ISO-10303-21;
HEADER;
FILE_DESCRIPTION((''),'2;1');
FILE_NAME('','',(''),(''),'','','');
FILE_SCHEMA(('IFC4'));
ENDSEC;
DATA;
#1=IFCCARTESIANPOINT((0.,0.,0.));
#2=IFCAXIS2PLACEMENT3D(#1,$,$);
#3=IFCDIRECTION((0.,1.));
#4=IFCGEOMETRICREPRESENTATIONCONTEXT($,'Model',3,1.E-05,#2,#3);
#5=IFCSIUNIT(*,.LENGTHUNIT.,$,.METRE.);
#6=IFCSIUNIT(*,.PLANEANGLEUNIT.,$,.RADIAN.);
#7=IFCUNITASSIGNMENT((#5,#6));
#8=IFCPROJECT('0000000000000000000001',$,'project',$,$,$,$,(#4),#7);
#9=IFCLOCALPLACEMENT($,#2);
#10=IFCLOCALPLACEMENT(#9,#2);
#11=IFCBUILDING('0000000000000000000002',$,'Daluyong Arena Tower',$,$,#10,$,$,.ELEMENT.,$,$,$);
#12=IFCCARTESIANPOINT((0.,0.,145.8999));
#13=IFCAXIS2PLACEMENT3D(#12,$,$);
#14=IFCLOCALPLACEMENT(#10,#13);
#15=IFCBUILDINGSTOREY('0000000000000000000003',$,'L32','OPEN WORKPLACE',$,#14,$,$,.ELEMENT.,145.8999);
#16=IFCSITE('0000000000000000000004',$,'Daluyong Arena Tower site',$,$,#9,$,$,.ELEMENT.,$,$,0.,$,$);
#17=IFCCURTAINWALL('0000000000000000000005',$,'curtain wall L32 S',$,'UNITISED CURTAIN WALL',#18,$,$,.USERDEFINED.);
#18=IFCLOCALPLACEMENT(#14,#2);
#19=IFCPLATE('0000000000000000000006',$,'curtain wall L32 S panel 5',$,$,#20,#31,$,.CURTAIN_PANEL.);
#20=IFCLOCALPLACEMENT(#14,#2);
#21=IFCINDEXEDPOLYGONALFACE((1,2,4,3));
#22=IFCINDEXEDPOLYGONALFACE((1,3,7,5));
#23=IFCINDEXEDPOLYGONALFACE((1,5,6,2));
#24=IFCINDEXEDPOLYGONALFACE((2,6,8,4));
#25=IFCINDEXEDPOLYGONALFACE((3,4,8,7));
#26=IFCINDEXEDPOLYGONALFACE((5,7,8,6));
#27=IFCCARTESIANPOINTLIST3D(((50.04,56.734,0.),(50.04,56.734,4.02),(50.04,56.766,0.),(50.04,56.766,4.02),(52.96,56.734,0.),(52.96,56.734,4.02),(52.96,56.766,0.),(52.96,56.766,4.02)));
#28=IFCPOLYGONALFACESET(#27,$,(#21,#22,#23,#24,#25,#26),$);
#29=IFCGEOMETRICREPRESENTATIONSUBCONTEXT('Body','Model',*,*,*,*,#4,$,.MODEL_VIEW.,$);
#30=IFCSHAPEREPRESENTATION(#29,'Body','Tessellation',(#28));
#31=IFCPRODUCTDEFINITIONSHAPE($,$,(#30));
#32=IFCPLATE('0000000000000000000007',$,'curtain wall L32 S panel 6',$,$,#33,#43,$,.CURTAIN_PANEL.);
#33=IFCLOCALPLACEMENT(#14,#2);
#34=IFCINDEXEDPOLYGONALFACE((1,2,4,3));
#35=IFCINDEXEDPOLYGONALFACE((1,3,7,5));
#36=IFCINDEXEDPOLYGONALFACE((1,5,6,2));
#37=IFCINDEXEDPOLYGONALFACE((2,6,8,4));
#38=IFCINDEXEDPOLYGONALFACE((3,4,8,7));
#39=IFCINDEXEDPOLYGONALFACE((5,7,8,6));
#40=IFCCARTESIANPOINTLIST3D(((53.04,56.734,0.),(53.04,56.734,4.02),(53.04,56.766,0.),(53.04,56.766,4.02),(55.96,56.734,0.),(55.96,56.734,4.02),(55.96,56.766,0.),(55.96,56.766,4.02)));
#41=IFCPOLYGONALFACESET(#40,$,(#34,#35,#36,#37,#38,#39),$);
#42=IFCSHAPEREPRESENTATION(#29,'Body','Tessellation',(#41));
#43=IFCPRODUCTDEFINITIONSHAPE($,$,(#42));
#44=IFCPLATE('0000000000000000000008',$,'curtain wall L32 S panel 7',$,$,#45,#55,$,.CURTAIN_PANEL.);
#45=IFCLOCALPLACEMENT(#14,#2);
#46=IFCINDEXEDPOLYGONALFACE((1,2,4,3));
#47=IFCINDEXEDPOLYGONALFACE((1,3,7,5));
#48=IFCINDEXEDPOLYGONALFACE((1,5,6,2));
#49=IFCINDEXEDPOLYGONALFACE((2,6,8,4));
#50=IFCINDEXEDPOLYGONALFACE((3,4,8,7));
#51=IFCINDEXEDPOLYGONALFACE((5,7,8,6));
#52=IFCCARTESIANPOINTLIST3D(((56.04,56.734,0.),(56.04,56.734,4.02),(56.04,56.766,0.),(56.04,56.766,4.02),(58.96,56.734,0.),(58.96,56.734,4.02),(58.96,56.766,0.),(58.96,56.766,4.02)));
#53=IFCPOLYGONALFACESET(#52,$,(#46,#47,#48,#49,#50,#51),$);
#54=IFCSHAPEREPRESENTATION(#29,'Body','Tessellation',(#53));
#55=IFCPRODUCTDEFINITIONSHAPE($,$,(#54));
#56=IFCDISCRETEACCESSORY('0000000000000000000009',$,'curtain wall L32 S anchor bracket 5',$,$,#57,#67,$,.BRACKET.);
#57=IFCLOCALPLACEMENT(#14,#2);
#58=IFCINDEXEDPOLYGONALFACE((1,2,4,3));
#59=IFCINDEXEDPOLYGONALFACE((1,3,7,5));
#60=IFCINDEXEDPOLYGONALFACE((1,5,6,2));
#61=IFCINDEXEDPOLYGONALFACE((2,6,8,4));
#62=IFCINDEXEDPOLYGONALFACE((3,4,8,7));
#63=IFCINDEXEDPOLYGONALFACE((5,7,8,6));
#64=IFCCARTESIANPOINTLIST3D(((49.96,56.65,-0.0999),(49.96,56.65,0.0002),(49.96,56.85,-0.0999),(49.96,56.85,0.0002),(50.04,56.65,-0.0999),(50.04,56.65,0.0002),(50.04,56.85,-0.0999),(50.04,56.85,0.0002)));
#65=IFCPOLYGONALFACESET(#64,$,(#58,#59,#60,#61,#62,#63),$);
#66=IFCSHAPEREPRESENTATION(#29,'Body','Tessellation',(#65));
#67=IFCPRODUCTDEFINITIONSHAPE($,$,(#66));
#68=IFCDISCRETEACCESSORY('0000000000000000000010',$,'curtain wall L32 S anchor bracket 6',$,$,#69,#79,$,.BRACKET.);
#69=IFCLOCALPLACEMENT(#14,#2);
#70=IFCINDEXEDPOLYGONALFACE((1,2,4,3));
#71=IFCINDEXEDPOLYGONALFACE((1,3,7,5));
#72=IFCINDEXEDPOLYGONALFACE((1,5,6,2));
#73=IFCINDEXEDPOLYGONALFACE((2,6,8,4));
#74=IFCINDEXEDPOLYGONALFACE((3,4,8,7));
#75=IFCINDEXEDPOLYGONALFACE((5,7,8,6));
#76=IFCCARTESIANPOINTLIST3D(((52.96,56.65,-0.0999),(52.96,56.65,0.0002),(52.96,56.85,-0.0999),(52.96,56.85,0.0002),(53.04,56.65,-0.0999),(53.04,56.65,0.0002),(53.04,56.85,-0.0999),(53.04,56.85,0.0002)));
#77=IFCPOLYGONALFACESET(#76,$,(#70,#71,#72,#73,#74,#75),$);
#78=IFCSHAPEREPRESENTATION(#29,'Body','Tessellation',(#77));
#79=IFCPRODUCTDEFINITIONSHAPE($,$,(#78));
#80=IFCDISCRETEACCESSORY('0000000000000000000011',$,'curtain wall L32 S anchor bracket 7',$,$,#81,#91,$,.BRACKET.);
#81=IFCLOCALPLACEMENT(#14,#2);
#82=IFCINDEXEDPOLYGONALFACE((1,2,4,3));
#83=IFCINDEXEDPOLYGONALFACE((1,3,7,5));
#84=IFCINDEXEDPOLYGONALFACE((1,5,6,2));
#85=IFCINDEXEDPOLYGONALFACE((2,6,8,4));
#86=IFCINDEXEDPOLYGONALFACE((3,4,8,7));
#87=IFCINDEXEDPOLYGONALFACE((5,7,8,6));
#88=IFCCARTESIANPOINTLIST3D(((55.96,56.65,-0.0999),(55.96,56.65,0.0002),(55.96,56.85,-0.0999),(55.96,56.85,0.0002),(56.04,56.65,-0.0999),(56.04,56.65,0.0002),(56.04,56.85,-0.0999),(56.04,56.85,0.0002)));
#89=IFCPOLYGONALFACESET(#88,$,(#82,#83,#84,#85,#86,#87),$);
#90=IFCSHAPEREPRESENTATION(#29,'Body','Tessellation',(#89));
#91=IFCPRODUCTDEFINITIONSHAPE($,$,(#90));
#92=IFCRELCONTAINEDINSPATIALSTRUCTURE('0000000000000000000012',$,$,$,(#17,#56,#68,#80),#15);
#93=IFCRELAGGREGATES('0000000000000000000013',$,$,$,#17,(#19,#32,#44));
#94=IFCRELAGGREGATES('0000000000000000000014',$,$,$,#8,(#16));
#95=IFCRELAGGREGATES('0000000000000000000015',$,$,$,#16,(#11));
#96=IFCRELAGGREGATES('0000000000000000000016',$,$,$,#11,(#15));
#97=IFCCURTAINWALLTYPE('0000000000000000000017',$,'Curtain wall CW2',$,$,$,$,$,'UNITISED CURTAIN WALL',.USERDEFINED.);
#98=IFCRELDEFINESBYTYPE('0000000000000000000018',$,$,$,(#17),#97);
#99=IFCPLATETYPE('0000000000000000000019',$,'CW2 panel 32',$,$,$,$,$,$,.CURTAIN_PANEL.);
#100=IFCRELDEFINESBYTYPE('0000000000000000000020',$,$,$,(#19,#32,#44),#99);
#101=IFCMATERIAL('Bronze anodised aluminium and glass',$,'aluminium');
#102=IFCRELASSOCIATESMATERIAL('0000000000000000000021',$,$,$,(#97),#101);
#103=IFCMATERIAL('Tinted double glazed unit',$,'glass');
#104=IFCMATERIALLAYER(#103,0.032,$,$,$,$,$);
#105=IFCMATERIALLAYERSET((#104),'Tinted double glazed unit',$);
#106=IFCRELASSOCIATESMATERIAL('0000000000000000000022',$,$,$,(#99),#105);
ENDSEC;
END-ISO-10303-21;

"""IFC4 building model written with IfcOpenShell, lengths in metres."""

from ifc_helpers import new_model, si_unit, direction, frame, origin, origin_2d, place, context, subcontext, project, spatial, rectangle, extrude, material, layer, layer_set, type_object, element, aggregate, save


model = new_model("IFC4")

# Units and contexts
model_context = context("Model", 3, precision=1e-05, world=origin(), true_north=direction((0.0, 1.0)))
body_context = subcontext(model_context, "Body", "Model", "MODEL_VIEW")
ifc_project = project(units=[si_unit("LENGTHUNIT", "METRE"), si_unit("PLANEANGLEUNIT", "RADIAN")], contexts=[model_context])

# Site, building, storey
site_placement = place(None, origin())
site = spatial("IfcSite", under=ifc_project, at=site_placement, Name="Daluyong Arena Tower site", CompositionType="ELEMENT", RefElevation=0.0)
building_placement = place(site_placement, origin())
building = spatial("IfcBuilding", under=site, at=building_placement, Name="Daluyong Arena Tower", CompositionType="ELEMENT")
storey_placement = place(building_placement, frame((0.0, 0.0, 145.8999)))
storey = spatial("IfcBuildingStorey", under=building, at=storey_placement, Name="L32", Description="OPEN WORKPLACE", CompositionType="ELEMENT", Elevation=145.8999)

# Curtain wall
ifc_material_1 = material(Name="Bronze anodised aluminium and glass", Category="aluminium")
curtain_wall_type = type_object("IfcCurtainWallType", Name="Curtain wall CW2", ElementType="UNITISED CURTAIN WALL", PredefinedType="USERDEFINED", material=ifc_material_1)
curtain_wall_placement = place(storey_placement, origin())
curtain_wall = element("IfcCurtainWall", 1, at=curtain_wall_placement, inside=storey, type_object=curtain_wall_type, Name="curtain wall L32 S", ObjectType="UNITISED CURTAIN WALL", PredefinedType="USERDEFINED")

# Plates
ifc_material_2 = material(Name="Tinted double glazed unit", Category="glass")
ifc_layer = layer(ifc_material_2, 0.032)
ifc_layer_set = layer_set([ifc_layer], Name="Tinted double glazed unit")
plate_type = type_object("IfcPlateType", Name="CW2 panel 32", PredefinedType="CURTAIN_PANEL", material=ifc_layer_set)
plate_1_placement = place(storey_placement, frame((51.5, 56.75, 0.0), z_axis=(0.0, 0.0, 1.0), x_axis=(1.0, 0.0, 0.0)))
plate_1 = element("IfcPlate", 2, at=plate_1_placement, type_object=plate_type, Name="curtain wall L32 S panel 5", PredefinedType="CURTAIN_PANEL", context=body_context, shape_type="SweptSolid", body=[
    extrude(rectangle(XDim=2.9199, YDim=0.032, at=origin_2d()), origin(), (0.0, 0.0, 1.0), 4.02),
])
plate_2_placement = place(storey_placement, frame((54.5, 56.75, 0.0), z_axis=(0.0, 0.0, 1.0), x_axis=(1.0, 0.0, 0.0)))
plate_2 = element("IfcPlate", 3, at=plate_2_placement, type_object=plate_type, Name="curtain wall L32 S panel 6", PredefinedType="CURTAIN_PANEL", context=body_context, shape_type="SweptSolid", body=[
    extrude(rectangle(XDim=2.9199, YDim=0.032, at=origin_2d()), origin(), (0.0, 0.0, 1.0), 4.02),
])
plate_3_placement = place(storey_placement, frame((57.5, 56.75, 0.0), z_axis=(0.0, 0.0, 1.0), x_axis=(1.0, 0.0, 0.0)))
plate_3 = element("IfcPlate", 4, at=plate_3_placement, type_object=plate_type, Name="curtain wall L32 S panel 7", PredefinedType="CURTAIN_PANEL", context=body_context, shape_type="SweptSolid", body=[
    extrude(rectangle(XDim=2.9199, YDim=0.032, at=origin_2d()), origin(), (0.0, 0.0, 1.0), 4.02),
])
aggregate(curtain_wall, [plate_1, plate_2, plate_3])

# Discrete accessories
for number, where, z_axis, x_axis, name in (
    (5, (50.0, 56.75, -0.0999), (0.0, 0.0, 1.0), (1.0, 0.0, 0.0), "curtain wall L32 S anchor bracket 5"),
    (6, (53.0, 56.75, -0.0999), (0.0, 0.0, 1.0), (1.0, 0.0, 0.0), "curtain wall L32 S anchor bracket 6"),
    (7, (56.0, 56.75, -0.0999), (0.0, 0.0, 1.0), (1.0, 0.0, 0.0), "curtain wall L32 S anchor bracket 7"),
):
    element("IfcDiscreteAccessory", number, at=place(storey_placement, frame(where, z_axis=z_axis, x_axis=x_axis)), inside=storey, Name=name, PredefinedType="BRACKET", context=body_context, shape_type="SweptSolid", body=[
        extrude(rectangle(XDim=0.0801, YDim=0.2, at=origin_2d()), origin(), (0.0, 0.0, 1.0), 0.1001),
    ])

save(model, "model.ifc")
